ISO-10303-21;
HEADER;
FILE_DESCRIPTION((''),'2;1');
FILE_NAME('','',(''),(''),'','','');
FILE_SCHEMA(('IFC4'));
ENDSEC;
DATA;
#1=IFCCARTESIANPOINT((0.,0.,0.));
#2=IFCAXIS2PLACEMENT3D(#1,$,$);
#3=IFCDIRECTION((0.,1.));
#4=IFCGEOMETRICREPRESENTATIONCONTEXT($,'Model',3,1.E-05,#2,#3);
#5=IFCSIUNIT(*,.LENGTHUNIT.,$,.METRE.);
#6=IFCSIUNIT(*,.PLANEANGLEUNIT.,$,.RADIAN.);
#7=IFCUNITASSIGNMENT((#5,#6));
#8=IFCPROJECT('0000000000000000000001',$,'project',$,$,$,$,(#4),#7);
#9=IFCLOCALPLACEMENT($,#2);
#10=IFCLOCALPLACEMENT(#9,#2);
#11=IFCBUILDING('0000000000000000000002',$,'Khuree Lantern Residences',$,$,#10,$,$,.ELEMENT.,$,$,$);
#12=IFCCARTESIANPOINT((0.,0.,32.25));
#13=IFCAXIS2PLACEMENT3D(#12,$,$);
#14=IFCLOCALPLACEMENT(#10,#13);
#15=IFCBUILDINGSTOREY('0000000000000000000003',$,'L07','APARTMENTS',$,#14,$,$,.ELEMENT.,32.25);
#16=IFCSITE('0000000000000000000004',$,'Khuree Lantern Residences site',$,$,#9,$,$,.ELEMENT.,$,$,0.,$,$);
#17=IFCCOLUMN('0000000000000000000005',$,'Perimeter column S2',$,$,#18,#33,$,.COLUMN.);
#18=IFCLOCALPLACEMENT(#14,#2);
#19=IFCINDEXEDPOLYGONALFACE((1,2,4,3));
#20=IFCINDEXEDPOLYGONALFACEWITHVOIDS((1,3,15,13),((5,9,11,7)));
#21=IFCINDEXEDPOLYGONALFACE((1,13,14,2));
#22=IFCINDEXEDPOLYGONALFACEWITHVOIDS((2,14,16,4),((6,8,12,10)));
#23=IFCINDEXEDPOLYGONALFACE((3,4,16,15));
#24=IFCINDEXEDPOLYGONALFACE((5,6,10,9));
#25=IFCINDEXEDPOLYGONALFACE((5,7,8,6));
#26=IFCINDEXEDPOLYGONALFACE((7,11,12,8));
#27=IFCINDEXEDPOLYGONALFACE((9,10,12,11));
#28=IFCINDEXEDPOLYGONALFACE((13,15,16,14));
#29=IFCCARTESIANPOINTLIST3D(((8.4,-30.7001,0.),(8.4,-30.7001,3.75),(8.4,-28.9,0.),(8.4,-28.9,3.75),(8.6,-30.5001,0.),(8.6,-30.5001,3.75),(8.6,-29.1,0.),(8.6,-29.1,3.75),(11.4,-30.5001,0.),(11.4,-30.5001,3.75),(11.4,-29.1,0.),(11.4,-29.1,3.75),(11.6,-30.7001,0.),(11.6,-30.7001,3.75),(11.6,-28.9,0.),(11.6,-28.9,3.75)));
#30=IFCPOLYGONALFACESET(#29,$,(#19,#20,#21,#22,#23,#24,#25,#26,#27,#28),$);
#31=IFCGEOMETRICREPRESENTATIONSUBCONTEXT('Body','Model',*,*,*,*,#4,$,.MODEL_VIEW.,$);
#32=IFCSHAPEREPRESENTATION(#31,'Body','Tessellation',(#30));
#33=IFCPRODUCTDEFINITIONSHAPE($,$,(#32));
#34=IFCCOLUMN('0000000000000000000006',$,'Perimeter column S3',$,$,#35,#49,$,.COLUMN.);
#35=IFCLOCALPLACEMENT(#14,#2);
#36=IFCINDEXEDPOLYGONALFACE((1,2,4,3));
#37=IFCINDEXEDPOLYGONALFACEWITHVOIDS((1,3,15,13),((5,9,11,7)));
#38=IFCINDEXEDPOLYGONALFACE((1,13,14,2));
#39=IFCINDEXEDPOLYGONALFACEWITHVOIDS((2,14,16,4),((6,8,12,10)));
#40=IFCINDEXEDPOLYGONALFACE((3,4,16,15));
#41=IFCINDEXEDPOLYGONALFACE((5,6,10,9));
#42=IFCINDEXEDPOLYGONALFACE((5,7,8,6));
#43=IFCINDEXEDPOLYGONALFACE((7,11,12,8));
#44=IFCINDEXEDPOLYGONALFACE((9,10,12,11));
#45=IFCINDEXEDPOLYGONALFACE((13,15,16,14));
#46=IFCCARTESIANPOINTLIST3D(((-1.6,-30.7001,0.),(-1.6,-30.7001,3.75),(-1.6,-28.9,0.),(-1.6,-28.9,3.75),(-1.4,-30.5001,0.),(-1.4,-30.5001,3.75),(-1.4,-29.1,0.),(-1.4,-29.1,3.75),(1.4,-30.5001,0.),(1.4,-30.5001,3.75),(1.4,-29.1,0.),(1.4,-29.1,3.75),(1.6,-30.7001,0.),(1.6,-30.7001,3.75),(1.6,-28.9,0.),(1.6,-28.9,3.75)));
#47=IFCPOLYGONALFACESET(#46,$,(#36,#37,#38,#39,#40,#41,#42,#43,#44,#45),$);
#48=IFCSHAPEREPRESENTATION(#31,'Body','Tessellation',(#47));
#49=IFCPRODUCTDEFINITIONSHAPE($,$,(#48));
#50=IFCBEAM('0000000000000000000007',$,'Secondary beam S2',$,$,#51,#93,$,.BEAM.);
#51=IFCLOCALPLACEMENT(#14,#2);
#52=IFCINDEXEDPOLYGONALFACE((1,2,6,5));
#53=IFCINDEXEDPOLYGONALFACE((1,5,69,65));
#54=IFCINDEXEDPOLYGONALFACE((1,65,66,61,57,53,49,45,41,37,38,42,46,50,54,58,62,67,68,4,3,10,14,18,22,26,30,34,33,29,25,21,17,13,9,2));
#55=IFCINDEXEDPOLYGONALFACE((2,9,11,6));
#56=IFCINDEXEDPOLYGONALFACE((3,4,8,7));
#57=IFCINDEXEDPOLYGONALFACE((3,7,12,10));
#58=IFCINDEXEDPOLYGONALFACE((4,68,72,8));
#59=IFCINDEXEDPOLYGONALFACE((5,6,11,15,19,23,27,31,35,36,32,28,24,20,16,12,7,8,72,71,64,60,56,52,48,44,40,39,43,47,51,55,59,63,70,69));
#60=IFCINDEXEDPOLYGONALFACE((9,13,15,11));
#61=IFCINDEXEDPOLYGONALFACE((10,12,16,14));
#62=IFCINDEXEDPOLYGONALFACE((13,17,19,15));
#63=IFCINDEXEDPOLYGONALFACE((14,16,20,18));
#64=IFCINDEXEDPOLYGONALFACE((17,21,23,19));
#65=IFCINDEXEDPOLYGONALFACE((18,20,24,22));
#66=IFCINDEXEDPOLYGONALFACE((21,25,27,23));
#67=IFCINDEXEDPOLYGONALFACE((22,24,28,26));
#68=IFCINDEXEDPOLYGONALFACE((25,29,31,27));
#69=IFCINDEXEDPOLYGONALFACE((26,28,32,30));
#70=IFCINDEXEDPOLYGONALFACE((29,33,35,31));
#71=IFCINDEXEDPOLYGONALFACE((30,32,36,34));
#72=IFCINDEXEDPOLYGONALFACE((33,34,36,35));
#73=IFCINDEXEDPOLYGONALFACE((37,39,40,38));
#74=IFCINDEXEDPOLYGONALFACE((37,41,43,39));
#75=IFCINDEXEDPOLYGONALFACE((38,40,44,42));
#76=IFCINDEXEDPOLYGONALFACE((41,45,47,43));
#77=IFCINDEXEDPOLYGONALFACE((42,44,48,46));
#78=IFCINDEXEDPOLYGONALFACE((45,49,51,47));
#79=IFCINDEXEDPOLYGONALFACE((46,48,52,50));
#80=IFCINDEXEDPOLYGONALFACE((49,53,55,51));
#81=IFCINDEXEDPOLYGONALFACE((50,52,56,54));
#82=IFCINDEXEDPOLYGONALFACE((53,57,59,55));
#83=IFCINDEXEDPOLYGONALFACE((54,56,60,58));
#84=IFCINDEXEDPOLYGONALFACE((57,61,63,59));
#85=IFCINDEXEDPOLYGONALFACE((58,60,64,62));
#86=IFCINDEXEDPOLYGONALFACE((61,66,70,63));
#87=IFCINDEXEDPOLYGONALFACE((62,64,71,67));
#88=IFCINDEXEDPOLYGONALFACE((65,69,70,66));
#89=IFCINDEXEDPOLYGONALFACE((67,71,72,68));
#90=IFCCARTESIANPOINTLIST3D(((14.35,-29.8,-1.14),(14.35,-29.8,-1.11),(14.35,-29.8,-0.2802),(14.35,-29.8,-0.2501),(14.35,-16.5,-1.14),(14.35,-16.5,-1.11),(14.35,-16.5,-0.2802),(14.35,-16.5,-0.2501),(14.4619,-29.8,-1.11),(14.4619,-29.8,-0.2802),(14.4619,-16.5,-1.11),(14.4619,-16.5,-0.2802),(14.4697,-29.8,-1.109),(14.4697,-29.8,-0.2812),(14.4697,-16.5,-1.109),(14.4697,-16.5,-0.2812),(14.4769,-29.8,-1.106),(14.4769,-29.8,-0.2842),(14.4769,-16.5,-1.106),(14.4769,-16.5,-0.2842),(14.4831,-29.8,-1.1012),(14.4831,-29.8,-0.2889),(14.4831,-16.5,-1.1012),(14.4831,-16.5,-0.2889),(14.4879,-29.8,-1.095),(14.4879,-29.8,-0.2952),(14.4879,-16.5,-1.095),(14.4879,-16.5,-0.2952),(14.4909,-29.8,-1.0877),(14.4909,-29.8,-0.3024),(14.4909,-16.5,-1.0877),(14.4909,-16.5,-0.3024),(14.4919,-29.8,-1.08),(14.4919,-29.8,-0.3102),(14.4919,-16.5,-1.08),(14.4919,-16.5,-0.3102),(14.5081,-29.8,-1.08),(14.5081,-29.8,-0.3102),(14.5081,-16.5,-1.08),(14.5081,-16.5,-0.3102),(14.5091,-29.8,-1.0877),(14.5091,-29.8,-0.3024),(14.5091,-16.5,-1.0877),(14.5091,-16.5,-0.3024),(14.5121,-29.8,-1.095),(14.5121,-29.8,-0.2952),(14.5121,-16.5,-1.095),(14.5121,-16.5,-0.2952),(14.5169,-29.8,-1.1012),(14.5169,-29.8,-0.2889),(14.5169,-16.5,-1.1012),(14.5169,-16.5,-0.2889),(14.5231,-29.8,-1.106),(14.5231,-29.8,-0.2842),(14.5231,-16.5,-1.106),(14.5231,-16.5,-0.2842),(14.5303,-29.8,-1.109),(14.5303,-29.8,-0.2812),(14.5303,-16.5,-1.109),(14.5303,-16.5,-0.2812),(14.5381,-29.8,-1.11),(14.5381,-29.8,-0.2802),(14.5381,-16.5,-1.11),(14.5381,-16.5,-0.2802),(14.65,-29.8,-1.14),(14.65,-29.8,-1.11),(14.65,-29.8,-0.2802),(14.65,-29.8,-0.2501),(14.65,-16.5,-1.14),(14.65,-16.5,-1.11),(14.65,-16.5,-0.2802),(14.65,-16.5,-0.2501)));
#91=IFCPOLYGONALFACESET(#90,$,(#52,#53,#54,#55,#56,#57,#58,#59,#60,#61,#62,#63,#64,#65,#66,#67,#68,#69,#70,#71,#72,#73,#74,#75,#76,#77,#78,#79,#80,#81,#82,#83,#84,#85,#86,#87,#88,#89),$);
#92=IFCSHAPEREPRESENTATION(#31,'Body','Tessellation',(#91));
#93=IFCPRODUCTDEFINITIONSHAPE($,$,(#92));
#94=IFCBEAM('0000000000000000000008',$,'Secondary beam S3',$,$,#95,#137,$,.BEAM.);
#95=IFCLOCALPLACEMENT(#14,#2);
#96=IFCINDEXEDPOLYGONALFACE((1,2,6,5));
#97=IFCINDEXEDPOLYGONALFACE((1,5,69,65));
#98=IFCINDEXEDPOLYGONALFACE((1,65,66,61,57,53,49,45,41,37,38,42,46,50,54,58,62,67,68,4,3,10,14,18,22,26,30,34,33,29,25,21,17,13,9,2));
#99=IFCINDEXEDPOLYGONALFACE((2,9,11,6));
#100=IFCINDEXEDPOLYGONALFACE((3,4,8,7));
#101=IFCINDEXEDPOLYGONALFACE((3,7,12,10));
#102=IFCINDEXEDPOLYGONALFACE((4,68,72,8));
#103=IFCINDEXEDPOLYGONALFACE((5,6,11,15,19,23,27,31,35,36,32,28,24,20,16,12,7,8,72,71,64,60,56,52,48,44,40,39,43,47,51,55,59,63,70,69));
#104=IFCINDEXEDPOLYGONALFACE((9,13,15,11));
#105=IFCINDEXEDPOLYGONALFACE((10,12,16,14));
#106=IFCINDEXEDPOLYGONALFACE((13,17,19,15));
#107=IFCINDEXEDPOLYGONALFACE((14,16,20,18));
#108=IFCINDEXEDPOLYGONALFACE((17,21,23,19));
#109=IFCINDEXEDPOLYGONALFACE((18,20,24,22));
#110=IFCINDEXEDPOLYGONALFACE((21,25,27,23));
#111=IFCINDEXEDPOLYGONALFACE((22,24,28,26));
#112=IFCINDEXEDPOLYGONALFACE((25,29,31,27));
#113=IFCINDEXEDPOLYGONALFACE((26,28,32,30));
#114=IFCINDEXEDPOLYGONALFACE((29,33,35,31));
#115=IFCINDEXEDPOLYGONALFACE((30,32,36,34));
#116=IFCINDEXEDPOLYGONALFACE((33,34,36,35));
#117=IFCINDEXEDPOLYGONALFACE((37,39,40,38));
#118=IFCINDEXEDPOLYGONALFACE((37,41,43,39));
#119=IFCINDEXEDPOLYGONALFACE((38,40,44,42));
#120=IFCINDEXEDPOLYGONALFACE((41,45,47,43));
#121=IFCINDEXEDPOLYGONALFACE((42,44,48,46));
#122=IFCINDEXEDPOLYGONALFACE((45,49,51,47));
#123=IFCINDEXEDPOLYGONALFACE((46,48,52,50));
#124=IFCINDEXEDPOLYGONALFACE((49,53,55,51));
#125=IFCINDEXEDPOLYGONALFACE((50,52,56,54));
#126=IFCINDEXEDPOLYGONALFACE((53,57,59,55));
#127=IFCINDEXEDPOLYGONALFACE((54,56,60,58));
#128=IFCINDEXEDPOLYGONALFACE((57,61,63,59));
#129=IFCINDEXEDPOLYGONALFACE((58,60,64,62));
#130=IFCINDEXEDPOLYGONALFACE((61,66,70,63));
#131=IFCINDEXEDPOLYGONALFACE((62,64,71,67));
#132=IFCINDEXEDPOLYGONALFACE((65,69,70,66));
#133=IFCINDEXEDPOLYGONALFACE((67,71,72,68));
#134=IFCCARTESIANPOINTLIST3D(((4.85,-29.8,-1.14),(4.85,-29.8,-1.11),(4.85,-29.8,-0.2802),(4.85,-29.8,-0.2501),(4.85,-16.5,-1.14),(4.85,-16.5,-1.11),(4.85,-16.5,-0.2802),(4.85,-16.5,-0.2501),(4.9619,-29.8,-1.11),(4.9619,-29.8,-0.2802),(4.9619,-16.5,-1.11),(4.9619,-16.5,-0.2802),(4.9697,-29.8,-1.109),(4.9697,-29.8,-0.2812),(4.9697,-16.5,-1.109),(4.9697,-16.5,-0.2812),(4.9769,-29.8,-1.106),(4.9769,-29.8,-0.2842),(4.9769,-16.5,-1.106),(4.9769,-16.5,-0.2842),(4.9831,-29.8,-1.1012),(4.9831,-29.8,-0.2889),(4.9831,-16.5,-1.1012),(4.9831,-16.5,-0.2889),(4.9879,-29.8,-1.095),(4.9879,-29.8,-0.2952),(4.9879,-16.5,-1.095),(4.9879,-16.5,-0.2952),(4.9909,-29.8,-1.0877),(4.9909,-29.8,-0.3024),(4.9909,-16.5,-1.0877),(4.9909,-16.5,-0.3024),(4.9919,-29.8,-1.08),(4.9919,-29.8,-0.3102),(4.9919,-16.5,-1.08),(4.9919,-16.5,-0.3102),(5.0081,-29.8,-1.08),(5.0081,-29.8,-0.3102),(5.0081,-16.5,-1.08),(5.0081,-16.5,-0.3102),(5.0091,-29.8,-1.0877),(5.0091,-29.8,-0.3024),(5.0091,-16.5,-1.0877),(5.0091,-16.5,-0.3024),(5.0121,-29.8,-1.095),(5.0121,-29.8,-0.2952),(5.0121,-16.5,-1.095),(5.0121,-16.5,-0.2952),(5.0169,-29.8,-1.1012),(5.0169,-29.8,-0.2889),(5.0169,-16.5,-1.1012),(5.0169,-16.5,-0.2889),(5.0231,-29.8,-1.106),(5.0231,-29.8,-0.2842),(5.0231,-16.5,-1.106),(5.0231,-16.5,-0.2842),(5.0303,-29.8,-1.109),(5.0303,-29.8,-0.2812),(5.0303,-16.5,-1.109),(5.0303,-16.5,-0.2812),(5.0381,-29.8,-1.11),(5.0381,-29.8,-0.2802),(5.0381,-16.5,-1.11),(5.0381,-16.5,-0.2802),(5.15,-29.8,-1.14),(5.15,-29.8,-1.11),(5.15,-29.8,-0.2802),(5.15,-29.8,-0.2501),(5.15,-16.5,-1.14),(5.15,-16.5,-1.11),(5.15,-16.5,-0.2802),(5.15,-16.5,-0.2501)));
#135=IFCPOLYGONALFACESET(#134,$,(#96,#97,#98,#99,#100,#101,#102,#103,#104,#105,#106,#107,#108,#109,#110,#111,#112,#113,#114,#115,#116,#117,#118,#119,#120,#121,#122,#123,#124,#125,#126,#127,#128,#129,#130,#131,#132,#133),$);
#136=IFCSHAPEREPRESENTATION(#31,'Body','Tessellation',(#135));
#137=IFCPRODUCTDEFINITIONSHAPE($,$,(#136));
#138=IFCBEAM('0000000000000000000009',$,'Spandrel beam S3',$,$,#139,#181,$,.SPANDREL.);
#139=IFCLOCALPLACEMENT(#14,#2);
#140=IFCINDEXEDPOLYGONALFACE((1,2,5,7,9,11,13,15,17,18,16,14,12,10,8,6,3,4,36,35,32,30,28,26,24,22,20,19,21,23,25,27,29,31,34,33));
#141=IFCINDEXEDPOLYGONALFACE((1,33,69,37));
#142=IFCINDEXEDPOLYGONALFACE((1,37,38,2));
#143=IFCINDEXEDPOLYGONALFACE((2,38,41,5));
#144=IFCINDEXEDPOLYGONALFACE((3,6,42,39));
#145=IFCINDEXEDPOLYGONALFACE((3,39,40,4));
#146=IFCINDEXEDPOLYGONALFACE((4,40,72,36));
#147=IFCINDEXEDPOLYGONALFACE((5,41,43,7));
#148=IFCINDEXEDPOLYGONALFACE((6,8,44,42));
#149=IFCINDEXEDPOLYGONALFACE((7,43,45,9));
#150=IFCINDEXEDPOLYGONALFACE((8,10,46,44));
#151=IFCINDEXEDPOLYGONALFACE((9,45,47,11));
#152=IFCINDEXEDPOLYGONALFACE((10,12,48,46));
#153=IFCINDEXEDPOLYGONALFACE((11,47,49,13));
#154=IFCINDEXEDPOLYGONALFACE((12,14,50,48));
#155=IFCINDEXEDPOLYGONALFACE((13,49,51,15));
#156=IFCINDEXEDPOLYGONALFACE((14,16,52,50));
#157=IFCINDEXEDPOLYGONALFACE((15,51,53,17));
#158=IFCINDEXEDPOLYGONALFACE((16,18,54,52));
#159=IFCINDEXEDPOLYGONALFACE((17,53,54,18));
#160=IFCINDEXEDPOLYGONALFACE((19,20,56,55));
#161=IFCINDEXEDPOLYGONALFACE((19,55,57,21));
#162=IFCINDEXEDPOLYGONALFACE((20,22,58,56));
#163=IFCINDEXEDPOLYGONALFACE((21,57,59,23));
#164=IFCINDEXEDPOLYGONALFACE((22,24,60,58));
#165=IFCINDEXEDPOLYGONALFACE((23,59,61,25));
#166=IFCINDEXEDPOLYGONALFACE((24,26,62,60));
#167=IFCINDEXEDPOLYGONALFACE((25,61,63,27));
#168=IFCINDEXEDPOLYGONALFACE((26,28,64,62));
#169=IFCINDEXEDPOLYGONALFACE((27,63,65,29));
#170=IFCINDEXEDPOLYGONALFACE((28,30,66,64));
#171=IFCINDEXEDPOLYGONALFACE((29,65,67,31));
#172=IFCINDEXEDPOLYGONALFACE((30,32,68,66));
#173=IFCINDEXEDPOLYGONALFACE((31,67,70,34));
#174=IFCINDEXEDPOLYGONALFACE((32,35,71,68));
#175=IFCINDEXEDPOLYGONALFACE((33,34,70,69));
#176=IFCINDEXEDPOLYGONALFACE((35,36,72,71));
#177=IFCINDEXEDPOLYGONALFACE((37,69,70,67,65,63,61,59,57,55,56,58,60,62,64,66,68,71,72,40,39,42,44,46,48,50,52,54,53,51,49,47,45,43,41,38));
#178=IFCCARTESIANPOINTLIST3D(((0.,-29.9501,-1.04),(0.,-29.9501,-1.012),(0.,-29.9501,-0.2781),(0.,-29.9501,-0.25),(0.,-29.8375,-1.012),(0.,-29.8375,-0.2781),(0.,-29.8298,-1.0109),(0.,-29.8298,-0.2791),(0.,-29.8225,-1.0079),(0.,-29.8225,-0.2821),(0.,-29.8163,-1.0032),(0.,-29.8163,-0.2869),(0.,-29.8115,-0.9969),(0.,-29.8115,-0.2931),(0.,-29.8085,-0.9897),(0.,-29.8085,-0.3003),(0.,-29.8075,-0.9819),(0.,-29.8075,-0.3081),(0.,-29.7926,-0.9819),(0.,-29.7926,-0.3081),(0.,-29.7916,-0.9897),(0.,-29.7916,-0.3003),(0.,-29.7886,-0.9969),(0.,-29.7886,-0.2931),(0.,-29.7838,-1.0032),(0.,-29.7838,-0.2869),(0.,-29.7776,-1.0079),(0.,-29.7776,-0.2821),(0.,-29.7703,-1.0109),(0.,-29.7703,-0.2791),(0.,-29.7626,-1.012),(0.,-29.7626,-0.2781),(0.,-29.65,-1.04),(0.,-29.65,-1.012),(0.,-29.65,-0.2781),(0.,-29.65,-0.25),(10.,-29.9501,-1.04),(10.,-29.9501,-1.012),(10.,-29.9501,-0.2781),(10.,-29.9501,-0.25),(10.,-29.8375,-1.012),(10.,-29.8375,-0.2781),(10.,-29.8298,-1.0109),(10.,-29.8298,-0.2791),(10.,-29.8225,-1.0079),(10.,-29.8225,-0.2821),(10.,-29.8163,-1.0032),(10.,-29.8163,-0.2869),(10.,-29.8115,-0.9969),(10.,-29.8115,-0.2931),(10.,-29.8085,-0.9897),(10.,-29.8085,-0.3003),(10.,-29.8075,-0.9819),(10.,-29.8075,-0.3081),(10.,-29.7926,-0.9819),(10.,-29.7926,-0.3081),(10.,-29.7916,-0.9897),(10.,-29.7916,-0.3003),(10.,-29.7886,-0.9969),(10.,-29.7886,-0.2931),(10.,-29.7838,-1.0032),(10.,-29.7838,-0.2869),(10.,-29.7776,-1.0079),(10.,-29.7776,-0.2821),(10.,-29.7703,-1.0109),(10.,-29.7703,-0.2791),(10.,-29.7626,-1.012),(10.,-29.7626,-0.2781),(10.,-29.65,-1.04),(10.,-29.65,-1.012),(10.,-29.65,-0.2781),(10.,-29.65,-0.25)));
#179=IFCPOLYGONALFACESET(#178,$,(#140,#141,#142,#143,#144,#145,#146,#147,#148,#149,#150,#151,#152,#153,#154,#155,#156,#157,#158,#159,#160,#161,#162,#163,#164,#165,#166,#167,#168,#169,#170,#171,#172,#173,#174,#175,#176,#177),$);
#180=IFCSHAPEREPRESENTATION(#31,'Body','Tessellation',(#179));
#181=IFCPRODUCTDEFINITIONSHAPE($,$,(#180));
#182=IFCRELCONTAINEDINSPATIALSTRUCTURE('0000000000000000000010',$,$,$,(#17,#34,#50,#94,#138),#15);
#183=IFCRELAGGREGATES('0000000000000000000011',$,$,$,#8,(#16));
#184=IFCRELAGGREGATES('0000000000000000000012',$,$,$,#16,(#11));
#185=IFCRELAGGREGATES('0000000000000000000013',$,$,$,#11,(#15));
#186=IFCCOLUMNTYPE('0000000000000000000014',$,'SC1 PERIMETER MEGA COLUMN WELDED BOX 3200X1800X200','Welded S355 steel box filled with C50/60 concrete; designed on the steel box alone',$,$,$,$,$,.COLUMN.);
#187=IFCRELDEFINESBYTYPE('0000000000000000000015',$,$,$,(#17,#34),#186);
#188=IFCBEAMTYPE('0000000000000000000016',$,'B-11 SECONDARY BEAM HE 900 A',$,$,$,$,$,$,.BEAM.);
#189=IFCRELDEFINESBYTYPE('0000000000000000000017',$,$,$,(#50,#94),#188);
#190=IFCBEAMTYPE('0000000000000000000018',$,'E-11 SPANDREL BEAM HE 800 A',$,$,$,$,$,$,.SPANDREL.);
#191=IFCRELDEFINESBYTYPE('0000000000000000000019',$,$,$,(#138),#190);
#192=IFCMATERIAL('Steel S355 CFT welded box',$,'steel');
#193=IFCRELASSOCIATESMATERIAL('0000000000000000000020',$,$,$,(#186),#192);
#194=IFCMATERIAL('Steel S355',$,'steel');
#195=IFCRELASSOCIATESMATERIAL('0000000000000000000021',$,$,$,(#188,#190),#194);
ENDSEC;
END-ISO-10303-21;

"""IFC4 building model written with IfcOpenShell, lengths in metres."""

from ifc_helpers import new_model, si_unit, direction, frame, origin, origin_2d, place, context, subcontext, project, spatial, hollow_rectangle, i_section, extrude, material, material_profile, profile_set, type_object, element, save


model = new_model("IFC4")

# Units and contexts
model_context = context("Model", 3, precision=1e-05, world=origin(), true_north=direction((0.0, 1.0)))
body_context = subcontext(model_context, "Body", "Model", "MODEL_VIEW")
ifc_project = project(units=[si_unit("LENGTHUNIT", "METRE"), si_unit("PLANEANGLEUNIT", "RADIAN")], contexts=[model_context])

# Site, building, storey
site_placement = place(None, origin())
site = spatial("IfcSite", under=ifc_project, at=site_placement, Name="Khuree Lantern Residences site", CompositionType="ELEMENT", RefElevation=0.0)
building_placement = place(site_placement, origin())
building = spatial("IfcBuilding", under=site, at=building_placement, Name="Khuree Lantern Residences", CompositionType="ELEMENT")
storey_placement = place(building_placement, frame((0.0, 0.0, 32.25)))
storey = spatial("IfcBuildingStorey", under=building, at=storey_placement, Name="L07", Description="APARTMENTS", CompositionType="ELEMENT", Elevation=32.25)

# Columns
ifc_material_1 = material(Name="Steel S355 CFT welded box", Category="steel")
ifc_material_profile_1 = material_profile(ifc_material_1, hollow_rectangle(XDim=3.2, YDim=1.8, WallThickness=0.2, at=origin_2d()), Name="WELDED BOX 3200X1800X200")
ifc_profile_set_1 = profile_set([ifc_material_profile_1], Name="Steel S355 CFT welded box")
column_type = type_object("IfcColumnType", Name="SC1 PERIMETER MEGA COLUMN WELDED BOX 3200X1800X200", Description="Welded S355 steel box filled with C50/60 concrete; designed on the steel box alone", PredefinedType="COLUMN", material=ifc_profile_set_1)
for number, where, z_axis, x_axis, name in (
    (1, (10.0, -29.8, 0.0), (0.0, 0.0, 1.0), (1.0, 0.0, 0.0), "Perimeter column S2"),
    (2, (0.0, -29.8, 0.0), (0.0, 0.0, 1.0), (1.0, 0.0, 0.0), "Perimeter column S3"),
):
    element("IfcColumn", number, at=place(storey_placement, frame(where, z_axis=z_axis, x_axis=x_axis)), inside=storey, type_object=column_type, Name=name, PredefinedType="COLUMN", context=body_context, shape_type="SweptSolid", body=[
        extrude(hollow_rectangle(XDim=3.2, YDim=1.8, WallThickness=0.2, at=origin_2d()), origin(), (0.0, 0.0, 1.0), 3.75),
    ])

# Beams
ifc_material_2 = material(Name="Steel S355", Category="steel")
ifc_material_profile_2 = material_profile(ifc_material_2, i_section(OverallWidth=0.3, OverallDepth=0.8899, WebThickness=0.0161, FlangeThickness=0.03, FilletRadius=0.03, at=origin_2d()), Name="HE 900 A")
ifc_profile_set_2 = profile_set([ifc_material_profile_2], Name="Steel S355")
beam_type_1 = type_object("IfcBeamType", Name="B-11 SECONDARY BEAM HE 900 A", PredefinedType="BEAM", material=ifc_profile_set_2)
for number, where, z_axis, x_axis, name in (
    (3, (14.5, -29.8, -0.6951), (0.0, 1.0, 0.0), (-1.0, 0.0, 0.0), "Secondary beam S2"),
    (4, (5.0, -29.8, -0.6951), (0.0, 1.0, 0.0), (-1.0, 0.0, 0.0), "Secondary beam S3"),
):
    element("IfcBeam", number, at=place(storey_placement, frame(where, z_axis=z_axis, x_axis=x_axis)), inside=storey, type_object=beam_type_1, Name=name, PredefinedType="BEAM", context=body_context, shape_type="SweptSolid", body=[
        extrude(i_section(OverallWidth=0.3, OverallDepth=0.8899, WebThickness=0.0161, FlangeThickness=0.03, FilletRadius=0.03, at=origin_2d()), origin(), (0.0, 0.0, 1.0), 13.3),
    ])
ifc_material_profile_3 = material_profile(ifc_material_2, i_section(OverallWidth=0.3, OverallDepth=0.79, WebThickness=0.0149, FlangeThickness=0.0281, FilletRadius=0.03, at=origin_2d()), Name="HE 800 A")
ifc_profile_set_3 = profile_set([ifc_material_profile_3], Name="Steel S355")
beam_type_2 = type_object("IfcBeamType", Name="E-11 SPANDREL BEAM HE 800 A", PredefinedType="SPANDREL", material=ifc_profile_set_3)
for number, where, z_axis, x_axis, name in (
    (5, (10.0, -29.8, -0.645), (-1.0, 0.0, 0.0), (0.0, -1.0, 0.0), "Spandrel beam S3"),
):
    element("IfcBeam", number, at=place(storey_placement, frame(where, z_axis=z_axis, x_axis=x_axis)), inside=storey, type_object=beam_type_2, Name=name, PredefinedType="SPANDREL", context=body_context, shape_type="SweptSolid", body=[
        extrude(i_section(OverallWidth=0.3, OverallDepth=0.79, WebThickness=0.0149, FlangeThickness=0.0281, FilletRadius=0.03, at=origin_2d()), origin(), (0.0, 0.0, 1.0), 10.0),
    ])

save(model, "model.ifc")
